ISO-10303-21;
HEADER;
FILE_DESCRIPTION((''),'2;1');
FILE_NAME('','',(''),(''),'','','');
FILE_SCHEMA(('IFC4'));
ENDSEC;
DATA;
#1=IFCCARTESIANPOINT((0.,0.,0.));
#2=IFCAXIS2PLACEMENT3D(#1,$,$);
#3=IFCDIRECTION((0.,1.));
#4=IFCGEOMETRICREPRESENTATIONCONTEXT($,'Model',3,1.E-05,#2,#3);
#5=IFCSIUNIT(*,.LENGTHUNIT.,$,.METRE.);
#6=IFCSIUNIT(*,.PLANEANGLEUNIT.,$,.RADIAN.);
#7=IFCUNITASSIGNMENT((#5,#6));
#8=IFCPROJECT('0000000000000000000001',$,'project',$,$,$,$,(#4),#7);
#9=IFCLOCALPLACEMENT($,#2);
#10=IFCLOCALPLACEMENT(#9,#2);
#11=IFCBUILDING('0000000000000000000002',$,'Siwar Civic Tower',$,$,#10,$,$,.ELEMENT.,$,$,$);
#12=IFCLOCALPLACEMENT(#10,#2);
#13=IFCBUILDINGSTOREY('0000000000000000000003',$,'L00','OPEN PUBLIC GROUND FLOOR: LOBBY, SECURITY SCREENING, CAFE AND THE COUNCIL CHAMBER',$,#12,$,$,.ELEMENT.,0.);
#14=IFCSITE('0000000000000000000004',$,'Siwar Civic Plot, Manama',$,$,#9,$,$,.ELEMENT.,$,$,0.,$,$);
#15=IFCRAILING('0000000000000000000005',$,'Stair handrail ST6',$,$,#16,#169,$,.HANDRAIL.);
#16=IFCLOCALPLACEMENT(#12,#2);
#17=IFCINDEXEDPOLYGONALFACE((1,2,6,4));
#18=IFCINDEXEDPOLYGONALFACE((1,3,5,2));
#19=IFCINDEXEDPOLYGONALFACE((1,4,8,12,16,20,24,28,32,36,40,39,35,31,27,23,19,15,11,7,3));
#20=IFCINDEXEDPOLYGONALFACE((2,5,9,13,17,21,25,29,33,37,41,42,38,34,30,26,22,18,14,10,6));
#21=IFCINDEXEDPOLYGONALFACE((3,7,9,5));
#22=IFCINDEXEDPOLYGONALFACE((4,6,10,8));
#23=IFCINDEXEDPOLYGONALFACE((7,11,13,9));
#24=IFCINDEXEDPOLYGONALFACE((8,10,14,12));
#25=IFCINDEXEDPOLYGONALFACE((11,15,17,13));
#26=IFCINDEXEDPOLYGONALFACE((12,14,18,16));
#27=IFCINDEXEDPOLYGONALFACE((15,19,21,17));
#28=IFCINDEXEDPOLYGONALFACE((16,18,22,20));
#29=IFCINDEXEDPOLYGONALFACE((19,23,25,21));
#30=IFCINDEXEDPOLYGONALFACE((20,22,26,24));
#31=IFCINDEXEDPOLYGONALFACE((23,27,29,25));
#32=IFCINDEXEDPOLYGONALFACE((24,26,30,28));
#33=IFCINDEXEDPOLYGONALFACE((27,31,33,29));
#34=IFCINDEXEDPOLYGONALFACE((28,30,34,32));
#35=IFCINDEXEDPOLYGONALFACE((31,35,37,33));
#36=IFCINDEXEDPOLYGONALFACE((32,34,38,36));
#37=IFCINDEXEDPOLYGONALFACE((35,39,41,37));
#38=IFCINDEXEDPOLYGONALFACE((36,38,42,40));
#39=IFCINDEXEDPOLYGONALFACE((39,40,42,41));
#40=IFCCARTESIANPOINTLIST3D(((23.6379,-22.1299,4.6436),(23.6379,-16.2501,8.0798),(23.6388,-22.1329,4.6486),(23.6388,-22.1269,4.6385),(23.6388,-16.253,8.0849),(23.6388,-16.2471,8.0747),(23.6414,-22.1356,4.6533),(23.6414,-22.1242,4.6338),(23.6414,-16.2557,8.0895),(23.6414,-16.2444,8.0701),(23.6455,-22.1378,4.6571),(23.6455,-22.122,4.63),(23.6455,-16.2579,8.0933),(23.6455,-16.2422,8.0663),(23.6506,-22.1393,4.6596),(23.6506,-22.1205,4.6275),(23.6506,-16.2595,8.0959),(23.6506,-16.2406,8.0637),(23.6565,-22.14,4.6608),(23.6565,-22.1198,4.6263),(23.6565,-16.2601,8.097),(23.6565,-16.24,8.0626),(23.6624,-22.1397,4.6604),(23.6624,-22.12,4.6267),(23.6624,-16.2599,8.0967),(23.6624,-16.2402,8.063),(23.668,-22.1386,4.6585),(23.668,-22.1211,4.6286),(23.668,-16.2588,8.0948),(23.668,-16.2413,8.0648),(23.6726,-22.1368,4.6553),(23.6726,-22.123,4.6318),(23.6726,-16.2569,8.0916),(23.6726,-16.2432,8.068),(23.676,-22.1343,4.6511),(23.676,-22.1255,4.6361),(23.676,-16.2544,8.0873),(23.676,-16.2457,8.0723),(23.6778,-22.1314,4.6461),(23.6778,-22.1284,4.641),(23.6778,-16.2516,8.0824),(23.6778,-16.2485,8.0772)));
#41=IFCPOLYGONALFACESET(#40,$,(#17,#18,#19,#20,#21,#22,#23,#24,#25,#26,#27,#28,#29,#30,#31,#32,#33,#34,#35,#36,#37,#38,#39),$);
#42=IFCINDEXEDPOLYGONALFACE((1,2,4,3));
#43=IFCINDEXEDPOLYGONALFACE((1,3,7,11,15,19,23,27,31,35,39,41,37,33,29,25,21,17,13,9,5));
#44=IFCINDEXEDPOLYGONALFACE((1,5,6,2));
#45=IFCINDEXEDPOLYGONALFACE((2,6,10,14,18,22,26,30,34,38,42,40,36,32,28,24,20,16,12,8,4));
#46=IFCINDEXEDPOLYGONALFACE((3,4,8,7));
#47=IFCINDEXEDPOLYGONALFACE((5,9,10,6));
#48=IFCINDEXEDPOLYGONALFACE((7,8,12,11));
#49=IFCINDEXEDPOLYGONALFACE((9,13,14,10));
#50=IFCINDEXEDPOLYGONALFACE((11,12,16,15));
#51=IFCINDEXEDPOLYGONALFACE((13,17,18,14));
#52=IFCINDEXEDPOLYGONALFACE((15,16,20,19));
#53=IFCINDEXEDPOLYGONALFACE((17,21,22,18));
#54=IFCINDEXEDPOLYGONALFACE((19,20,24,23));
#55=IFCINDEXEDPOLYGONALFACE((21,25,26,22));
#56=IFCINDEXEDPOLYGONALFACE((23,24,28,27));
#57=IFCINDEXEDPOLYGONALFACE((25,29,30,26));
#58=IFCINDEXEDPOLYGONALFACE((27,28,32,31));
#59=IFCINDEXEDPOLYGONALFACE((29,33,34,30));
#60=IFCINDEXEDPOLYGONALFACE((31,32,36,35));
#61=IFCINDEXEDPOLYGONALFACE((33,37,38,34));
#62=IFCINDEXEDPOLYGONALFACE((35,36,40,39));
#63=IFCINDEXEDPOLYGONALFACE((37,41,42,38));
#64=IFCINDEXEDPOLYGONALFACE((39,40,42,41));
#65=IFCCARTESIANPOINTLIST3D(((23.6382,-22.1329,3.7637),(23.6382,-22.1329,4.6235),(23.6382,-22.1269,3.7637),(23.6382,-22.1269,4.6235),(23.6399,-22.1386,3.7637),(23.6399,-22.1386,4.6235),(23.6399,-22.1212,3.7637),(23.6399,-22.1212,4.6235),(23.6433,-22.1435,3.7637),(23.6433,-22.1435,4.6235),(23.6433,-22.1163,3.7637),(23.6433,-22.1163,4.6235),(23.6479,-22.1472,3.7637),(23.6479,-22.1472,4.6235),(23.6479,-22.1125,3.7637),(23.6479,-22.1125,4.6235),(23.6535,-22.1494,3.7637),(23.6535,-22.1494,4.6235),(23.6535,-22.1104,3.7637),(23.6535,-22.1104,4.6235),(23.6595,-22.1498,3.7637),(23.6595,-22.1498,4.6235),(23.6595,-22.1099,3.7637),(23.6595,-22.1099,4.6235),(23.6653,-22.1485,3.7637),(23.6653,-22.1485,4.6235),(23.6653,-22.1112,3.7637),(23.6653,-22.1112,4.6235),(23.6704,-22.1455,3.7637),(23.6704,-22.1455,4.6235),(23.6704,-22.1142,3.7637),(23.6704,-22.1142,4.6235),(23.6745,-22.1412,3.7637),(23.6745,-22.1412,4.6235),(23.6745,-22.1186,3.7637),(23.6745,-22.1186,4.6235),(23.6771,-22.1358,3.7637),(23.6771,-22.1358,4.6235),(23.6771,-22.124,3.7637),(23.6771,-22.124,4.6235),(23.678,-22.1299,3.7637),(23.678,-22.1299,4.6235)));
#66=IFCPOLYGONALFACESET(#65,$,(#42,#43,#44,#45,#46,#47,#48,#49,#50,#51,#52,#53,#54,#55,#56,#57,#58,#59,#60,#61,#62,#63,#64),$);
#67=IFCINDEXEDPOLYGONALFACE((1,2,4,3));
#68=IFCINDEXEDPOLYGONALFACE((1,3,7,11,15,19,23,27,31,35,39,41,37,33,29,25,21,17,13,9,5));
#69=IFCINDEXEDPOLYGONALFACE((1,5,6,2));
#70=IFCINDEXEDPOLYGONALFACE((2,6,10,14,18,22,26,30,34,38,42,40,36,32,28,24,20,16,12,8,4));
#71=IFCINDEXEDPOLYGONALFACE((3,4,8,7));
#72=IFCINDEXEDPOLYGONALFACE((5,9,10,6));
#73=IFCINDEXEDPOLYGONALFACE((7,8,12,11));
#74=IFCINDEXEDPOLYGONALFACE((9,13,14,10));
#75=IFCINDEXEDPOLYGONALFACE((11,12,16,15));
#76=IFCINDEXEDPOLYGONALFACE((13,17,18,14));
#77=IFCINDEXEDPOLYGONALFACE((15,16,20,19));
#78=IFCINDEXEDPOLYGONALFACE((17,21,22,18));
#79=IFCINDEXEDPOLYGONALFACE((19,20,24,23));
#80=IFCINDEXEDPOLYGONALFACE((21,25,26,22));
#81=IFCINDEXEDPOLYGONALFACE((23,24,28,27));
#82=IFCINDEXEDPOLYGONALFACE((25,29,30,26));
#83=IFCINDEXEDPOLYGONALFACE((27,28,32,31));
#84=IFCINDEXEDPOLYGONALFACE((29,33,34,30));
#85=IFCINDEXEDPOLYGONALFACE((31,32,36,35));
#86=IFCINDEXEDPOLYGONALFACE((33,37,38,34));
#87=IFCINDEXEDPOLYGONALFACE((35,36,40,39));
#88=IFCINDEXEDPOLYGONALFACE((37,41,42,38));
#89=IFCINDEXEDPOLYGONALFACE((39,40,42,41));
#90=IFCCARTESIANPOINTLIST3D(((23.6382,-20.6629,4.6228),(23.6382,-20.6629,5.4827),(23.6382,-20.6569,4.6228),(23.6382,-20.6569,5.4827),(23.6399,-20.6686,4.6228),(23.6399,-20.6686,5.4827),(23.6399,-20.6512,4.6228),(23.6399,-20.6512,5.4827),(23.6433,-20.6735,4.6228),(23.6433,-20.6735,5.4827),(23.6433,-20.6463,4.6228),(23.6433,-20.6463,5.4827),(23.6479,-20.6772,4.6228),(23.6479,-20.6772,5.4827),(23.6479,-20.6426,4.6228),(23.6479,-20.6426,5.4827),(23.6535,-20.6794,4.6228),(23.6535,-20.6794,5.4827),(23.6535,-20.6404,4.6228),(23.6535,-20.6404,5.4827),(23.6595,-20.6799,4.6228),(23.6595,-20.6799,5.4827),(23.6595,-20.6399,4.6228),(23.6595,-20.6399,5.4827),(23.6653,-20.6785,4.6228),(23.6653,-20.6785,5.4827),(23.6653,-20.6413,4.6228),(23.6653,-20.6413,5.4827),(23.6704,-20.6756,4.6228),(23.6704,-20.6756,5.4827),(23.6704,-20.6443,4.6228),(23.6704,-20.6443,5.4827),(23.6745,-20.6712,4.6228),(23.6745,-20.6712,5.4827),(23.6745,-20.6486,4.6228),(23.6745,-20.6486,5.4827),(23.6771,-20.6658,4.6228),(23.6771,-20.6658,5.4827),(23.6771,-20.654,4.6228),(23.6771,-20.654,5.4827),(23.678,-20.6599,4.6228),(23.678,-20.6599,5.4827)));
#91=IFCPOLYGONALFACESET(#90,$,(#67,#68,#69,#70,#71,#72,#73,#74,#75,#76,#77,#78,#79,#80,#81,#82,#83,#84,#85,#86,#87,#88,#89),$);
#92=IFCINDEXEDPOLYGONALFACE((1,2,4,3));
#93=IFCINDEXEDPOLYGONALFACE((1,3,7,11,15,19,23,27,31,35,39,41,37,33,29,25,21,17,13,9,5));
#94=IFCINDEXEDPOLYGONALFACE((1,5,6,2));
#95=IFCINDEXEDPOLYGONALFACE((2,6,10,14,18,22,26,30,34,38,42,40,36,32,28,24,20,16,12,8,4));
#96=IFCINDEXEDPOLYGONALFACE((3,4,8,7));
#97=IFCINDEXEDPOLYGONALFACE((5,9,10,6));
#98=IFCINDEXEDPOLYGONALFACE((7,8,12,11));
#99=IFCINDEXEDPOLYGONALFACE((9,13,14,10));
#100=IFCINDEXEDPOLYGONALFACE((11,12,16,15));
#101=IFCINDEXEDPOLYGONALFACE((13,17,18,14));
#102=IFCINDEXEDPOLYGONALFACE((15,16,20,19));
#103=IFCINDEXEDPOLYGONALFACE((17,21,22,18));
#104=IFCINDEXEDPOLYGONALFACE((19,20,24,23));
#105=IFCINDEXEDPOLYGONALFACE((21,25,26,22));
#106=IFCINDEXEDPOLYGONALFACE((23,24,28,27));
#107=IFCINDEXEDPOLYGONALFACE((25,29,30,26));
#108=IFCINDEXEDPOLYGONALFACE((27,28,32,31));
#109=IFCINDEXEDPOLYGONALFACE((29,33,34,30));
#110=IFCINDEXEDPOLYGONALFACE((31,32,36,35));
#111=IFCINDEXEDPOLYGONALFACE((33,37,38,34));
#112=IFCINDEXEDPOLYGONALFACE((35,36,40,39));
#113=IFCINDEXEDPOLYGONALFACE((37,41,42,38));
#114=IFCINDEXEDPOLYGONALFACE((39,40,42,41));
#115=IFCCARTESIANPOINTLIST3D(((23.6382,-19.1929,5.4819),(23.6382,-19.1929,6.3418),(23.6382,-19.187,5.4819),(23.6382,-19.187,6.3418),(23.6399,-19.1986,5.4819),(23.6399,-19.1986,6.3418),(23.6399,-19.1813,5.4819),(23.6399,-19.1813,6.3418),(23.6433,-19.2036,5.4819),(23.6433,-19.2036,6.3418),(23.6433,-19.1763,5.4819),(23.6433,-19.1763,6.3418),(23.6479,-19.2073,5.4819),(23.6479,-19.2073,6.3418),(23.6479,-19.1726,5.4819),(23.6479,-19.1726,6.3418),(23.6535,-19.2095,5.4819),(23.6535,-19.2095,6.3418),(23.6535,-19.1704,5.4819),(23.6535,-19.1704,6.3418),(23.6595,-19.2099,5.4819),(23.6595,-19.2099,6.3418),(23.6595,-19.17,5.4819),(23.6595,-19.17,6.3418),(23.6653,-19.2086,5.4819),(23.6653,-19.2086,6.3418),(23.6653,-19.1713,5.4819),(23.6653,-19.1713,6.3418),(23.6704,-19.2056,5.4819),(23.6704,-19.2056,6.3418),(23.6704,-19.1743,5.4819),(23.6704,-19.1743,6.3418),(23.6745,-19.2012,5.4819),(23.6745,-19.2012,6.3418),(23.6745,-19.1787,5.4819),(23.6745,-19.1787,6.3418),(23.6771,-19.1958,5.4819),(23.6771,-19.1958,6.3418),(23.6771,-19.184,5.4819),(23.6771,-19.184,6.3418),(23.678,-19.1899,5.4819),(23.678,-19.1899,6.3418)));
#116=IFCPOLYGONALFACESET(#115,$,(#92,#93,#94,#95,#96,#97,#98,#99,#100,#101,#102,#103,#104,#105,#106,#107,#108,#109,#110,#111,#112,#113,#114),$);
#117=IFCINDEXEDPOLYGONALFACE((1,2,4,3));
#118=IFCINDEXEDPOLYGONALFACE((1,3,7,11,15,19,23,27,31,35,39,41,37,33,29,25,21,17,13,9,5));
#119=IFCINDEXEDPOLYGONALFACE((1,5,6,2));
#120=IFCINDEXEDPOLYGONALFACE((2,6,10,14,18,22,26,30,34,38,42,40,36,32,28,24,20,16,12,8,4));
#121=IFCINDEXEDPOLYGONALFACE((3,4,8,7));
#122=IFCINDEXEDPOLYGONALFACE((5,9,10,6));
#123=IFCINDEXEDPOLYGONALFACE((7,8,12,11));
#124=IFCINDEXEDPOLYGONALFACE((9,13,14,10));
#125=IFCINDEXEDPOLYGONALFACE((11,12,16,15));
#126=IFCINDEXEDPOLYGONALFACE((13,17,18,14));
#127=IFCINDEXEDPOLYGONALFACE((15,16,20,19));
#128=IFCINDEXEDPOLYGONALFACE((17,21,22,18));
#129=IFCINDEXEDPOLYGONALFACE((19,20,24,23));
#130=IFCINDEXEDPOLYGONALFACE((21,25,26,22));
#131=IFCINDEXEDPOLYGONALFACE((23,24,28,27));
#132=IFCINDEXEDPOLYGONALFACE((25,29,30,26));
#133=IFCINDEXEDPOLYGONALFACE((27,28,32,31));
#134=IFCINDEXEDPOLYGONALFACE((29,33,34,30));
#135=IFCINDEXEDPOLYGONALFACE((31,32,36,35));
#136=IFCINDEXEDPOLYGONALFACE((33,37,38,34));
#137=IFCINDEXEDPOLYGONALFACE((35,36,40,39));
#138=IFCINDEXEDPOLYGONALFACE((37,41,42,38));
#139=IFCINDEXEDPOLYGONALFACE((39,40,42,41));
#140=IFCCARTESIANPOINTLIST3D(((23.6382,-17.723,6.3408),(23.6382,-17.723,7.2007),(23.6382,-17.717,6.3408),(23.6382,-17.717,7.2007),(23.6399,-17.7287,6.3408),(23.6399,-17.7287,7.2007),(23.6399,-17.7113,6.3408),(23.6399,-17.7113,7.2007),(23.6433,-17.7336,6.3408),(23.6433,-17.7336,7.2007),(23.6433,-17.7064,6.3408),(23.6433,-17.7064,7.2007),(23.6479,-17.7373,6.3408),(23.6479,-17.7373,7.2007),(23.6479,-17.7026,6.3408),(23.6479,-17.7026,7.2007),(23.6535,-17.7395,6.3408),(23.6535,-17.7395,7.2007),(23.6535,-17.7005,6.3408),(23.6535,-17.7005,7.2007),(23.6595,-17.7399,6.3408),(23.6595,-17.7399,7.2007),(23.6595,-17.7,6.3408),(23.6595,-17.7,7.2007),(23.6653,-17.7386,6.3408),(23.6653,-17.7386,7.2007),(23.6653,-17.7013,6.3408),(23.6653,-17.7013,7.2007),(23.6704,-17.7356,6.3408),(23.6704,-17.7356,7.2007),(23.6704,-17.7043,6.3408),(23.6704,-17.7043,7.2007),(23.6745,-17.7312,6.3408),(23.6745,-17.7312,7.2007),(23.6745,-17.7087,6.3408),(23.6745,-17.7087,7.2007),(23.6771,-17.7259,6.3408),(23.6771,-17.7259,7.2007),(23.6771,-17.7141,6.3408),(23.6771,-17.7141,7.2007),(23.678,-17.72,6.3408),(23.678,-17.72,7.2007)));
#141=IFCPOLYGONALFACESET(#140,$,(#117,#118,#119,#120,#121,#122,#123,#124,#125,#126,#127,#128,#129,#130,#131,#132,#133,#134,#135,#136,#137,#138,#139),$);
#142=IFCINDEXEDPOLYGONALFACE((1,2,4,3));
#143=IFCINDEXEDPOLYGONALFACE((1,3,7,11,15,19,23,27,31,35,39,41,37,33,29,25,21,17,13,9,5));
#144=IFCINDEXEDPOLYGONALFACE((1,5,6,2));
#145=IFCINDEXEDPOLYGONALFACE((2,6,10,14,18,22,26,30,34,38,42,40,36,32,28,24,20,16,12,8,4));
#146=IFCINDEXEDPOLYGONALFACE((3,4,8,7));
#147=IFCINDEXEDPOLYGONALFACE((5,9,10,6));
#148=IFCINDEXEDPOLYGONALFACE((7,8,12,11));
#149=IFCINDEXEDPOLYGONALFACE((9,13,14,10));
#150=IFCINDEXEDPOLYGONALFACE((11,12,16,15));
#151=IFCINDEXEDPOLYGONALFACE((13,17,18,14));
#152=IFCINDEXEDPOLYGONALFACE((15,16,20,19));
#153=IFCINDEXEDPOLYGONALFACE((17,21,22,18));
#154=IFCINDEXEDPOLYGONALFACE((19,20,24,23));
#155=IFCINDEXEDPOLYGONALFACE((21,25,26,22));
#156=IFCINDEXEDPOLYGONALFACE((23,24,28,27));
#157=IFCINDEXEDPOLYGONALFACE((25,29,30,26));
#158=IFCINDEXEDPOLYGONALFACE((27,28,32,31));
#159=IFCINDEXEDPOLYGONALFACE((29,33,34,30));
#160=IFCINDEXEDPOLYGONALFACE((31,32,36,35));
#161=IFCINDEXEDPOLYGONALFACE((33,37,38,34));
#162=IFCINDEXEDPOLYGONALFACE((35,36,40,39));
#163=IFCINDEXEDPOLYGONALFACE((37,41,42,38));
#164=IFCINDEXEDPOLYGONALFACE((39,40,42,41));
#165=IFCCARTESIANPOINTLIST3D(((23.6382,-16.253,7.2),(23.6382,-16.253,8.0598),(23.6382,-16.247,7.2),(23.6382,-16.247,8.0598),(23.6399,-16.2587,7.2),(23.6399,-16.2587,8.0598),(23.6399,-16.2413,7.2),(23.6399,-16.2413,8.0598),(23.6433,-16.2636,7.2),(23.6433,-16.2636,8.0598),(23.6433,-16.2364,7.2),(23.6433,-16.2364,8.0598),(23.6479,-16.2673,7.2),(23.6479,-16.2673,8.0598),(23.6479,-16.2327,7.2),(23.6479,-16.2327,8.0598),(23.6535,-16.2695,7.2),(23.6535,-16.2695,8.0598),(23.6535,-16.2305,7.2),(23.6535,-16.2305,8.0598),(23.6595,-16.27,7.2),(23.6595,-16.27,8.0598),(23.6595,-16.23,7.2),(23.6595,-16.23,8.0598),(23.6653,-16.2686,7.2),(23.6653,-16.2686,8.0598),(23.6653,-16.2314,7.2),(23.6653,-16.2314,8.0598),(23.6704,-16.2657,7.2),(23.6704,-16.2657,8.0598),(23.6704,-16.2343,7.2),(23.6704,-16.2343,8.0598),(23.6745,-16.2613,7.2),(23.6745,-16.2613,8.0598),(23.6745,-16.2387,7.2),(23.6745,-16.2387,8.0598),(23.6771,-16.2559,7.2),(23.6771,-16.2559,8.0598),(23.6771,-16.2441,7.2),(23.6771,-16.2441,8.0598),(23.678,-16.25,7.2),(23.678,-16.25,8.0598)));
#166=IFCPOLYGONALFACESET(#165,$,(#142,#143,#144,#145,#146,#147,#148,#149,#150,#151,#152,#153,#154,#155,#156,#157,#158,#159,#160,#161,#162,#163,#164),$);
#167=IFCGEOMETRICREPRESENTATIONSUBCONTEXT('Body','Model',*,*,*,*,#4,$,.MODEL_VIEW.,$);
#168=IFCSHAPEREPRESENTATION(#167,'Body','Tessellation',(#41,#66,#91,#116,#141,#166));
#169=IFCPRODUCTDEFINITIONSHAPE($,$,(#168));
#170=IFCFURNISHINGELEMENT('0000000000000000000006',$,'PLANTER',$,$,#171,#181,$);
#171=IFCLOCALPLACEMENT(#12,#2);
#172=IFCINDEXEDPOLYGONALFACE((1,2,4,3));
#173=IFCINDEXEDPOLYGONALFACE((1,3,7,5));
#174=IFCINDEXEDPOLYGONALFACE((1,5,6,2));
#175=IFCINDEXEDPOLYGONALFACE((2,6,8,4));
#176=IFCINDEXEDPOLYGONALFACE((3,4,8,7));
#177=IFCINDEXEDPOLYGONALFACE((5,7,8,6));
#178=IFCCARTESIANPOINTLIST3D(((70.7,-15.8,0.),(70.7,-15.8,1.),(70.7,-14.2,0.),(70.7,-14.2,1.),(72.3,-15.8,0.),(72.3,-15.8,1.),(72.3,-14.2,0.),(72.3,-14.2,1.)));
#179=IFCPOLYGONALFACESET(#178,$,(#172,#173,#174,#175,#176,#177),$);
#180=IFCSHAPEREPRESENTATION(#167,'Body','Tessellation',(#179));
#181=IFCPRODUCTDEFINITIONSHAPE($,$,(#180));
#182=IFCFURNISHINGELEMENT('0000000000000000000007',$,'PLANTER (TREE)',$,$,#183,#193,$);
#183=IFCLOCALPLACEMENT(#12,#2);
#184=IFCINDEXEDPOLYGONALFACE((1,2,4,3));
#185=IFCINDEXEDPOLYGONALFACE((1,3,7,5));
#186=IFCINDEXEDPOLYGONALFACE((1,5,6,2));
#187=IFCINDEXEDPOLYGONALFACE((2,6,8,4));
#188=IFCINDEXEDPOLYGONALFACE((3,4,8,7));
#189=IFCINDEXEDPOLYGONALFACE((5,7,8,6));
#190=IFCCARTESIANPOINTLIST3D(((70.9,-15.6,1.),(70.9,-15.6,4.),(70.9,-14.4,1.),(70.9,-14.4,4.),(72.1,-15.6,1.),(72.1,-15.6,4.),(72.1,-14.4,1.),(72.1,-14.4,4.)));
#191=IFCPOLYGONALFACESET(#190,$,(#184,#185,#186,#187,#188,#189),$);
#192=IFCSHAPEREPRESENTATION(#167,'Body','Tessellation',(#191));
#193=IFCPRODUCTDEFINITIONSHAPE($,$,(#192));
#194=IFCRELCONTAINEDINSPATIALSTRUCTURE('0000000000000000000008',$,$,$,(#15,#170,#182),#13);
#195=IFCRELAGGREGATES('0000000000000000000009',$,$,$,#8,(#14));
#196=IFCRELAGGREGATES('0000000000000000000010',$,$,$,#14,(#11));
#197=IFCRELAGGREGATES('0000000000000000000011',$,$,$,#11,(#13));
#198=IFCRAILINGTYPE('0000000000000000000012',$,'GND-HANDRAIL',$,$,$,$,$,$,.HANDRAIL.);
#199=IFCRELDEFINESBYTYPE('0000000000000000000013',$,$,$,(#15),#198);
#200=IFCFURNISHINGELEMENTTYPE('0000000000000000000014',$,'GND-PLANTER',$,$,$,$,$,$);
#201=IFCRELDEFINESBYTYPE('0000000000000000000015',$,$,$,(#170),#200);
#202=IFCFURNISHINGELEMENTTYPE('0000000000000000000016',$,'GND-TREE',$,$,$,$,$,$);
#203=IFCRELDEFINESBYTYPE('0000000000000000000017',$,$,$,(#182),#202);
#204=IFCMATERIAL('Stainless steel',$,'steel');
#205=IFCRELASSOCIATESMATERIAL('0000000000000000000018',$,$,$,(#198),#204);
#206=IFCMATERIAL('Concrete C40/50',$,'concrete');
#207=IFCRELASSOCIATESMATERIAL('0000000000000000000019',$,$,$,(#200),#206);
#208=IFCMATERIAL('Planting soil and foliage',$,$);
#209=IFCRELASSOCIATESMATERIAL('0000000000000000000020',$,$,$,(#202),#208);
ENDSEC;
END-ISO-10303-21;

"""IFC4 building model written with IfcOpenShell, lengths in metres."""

from ifc_helpers import new_model, si_unit, direction, frame, origin, origin_2d, place, context, subcontext, project, spatial, rectangle, circle, extrude, material, type_object, element, save


model = new_model("IFC4")

# Units and contexts
model_context = context("Model", 3, precision=1e-05, world=origin(), true_north=direction((0.0, 1.0)))
body_context = subcontext(model_context, "Body", "Model", "MODEL_VIEW")
ifc_project = project(units=[si_unit("LENGTHUNIT", "METRE"), si_unit("PLANEANGLEUNIT", "RADIAN")], contexts=[model_context])

# Site, building, storey
site_placement = place(None, origin())
site = spatial("IfcSite", under=ifc_project, at=site_placement, Name="Siwar Civic Plot, Manama", CompositionType="ELEMENT", RefElevation=0.0)
building_placement = place(site_placement, origin())
building = spatial("IfcBuilding", under=site, at=building_placement, Name="Siwar Civic Tower", CompositionType="ELEMENT")
storey_placement = place(building_placement, origin())
storey = spatial("IfcBuildingStorey", under=building, at=storey_placement, Name="L00", Description="OPEN PUBLIC GROUND FLOOR: LOBBY, SECURITY SCREENING, CAFE AND THE COUNCIL CHAMBER", CompositionType="ELEMENT", Elevation=0.0)

# Railing
ifc_material_1 = material(Name="Stainless steel", Category="steel")
railing_type = type_object("IfcRailingType", Name="GND-HANDRAIL", PredefinedType="HANDRAIL", material=ifc_material_1)
railing_1_placement = place(storey_placement, frame((23.658, -22.1299, 3.7637)))
element("IfcRailing", 1, at=railing_1_placement, inside=storey, type_object=railing_type, Name="Stair handrail ST6", PredefinedType="HANDRAIL", context=body_context, shape_type="SweptSolid", body=[
    extrude(circle(Radius=0.02, at=origin_2d()), frame((0.0, 0.0, 0.8799), z_axis=(0.0, 0.863373, 0.504566), x_axis=(-1.0, 0.0, 0.0)), (0.0, 0.0, 1.0), 6.8103),
    extrude(circle(Radius=0.02, at=origin_2d()), origin(), (0.0, 0.0, 1.0), 0.8599),
    extrude(circle(Radius=0.02, at=origin_2d()), frame((0.0, 1.47, 0.8591)), (0.0, 0.0, 1.0), 0.8599),
    extrude(circle(Radius=0.02, at=origin_2d()), frame((0.0, 2.9399, 1.7183)), (0.0, 0.0, 1.0), 0.8599),
    extrude(circle(Radius=0.02, at=origin_2d()), frame((0.0, 4.4099, 2.5771)), (0.0, 0.0, 1.0), 0.8599),
    extrude(circle(Radius=0.02, at=origin_2d()), frame((0.0, 5.8799, 3.4363)), (0.0, 0.0, 1.0), 0.8599),
])

# Furnishing elements
ifc_material_2 = material(Name="Concrete C40/50", Category="concrete")
furnishing_element_type_1 = type_object("IfcFurnishingElementType", Name="GND-PLANTER", material=ifc_material_2)
furnishing_1_placement = place(storey_placement, frame((71.5, -15.0, 0.0), z_axis=(0.0, 0.0, 1.0), x_axis=(1.0, 0.0, 0.0)))
element("IfcFurnishingElement", 2, at=furnishing_1_placement, inside=storey, type_object=furnishing_element_type_1, Name="PLANTER", context=body_context, shape_type="SweptSolid", body=[
    extrude(rectangle(XDim=1.6001, YDim=1.6001, at=origin_2d()), origin(), (0.0, 0.0, 1.0), 1.0),
])
ifc_material_3 = material(Name="Planting soil and foliage")
furnishing_element_type_2 = type_object("IfcFurnishingElementType", Name="GND-TREE", material=ifc_material_3)
furnishing_2_placement = place(storey_placement, frame((71.5, -15.0, 1.0), z_axis=(0.0, 0.0, 1.0), x_axis=(1.0, 0.0, 0.0)))
element("IfcFurnishingElement", 3, at=furnishing_2_placement, inside=storey, type_object=furnishing_element_type_2, Name="PLANTER (TREE)", context=body_context, shape_type="SweptSolid", body=[
    extrude(rectangle(XDim=1.2, YDim=1.2, at=origin_2d()), origin(), (0.0, 0.0, 1.0), 3.0),
])

save(model, "model.ifc")
